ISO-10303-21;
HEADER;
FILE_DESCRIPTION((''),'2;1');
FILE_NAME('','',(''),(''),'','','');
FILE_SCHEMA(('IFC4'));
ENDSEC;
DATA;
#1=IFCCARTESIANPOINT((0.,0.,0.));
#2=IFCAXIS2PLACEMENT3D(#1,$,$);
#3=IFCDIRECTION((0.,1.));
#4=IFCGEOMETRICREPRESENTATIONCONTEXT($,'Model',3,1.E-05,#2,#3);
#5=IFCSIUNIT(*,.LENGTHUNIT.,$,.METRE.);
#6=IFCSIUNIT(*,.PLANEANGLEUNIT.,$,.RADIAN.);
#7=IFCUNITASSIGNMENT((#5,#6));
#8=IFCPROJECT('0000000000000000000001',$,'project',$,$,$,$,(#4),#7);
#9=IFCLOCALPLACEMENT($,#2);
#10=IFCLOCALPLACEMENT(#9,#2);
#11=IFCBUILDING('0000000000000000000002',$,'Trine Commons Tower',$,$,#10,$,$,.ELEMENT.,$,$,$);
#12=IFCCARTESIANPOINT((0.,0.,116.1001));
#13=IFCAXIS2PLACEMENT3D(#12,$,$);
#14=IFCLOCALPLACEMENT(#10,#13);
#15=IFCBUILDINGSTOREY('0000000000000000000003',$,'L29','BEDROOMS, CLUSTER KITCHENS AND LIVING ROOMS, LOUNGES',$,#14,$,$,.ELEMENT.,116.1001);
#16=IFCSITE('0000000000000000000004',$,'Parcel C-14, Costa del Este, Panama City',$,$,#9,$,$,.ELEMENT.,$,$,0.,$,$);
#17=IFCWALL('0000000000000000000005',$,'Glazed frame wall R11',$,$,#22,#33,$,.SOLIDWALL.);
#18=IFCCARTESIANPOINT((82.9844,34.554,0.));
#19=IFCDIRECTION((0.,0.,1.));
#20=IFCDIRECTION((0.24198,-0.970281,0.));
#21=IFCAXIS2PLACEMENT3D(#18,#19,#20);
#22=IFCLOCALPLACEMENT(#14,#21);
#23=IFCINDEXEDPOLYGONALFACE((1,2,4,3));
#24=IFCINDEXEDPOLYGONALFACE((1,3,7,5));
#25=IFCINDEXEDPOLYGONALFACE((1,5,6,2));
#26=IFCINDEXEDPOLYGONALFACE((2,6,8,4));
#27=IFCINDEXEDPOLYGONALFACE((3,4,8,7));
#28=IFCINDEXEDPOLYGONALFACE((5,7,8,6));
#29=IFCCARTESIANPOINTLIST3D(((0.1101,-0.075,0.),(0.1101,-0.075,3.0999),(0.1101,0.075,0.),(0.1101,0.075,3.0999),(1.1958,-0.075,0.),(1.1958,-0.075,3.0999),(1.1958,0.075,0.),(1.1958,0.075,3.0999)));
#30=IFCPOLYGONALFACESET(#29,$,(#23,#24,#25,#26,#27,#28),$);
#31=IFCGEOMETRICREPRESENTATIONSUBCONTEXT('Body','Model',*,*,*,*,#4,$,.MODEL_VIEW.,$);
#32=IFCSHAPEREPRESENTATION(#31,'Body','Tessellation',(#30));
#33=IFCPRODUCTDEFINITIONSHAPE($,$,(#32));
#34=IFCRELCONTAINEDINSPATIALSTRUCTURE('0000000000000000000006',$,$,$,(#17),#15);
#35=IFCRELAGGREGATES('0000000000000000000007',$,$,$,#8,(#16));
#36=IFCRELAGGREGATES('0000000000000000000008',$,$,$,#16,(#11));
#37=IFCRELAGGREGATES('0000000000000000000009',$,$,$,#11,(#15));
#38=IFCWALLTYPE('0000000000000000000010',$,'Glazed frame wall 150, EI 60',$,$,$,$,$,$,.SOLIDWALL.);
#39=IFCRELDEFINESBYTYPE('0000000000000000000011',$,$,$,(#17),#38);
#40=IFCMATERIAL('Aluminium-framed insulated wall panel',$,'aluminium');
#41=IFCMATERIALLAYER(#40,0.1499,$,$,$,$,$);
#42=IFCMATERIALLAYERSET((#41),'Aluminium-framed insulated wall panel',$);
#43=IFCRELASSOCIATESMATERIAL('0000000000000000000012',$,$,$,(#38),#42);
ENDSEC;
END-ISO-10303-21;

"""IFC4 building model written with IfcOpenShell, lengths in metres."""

from ifc_helpers import new_model, si_unit, direction, frame, origin, place, context, subcontext, project, spatial, polyline, outline, extrude, material, layer, layer_set, type_object, element, save


model = new_model("IFC4")

# Units and contexts
model_context = context("Model", 3, precision=1e-05, world=origin(), true_north=direction((0.0, 1.0)))
body_context = subcontext(model_context, "Body", "Model", "MODEL_VIEW")
ifc_project = project(units=[si_unit("LENGTHUNIT", "METRE"), si_unit("PLANEANGLEUNIT", "RADIAN")], contexts=[model_context])

# Site, building, storey
site_placement = place(None, origin())
site = spatial("IfcSite", under=ifc_project, at=site_placement, Name="Parcel C-14, Costa del Este, Panama City", CompositionType="ELEMENT", RefElevation=0.0)
building_placement = place(site_placement, origin())
building = spatial("IfcBuilding", under=site, at=building_placement, Name="Trine Commons Tower", CompositionType="ELEMENT")
storey_placement = place(building_placement, frame((0.0, 0.0, 116.1001)))
storey = spatial("IfcBuildingStorey", under=building, at=storey_placement, Name="L29", Description="BEDROOMS, CLUSTER KITCHENS AND LIVING ROOMS, LOUNGES", CompositionType="ELEMENT", Elevation=116.1001)

# Shared definitions
ifc_material_1 = material(Name="Aluminium-framed insulated wall panel", Category="aluminium")
ifc_layer_1 = layer(ifc_material_1, 0.1499)
ifc_layer_set_1 = layer_set([ifc_layer_1], Name="Aluminium-framed insulated wall panel")
wall_type_1 = type_object("IfcWallType", Name="Glazed frame wall 150, EI 60", PredefinedType="SOLIDWALL", material=ifc_layer_set_1)

# Wall
wall_1_placement = place(storey_placement, frame((82.9844, 34.554, 0.0), z_axis=(0.0, 0.0, 1.0), x_axis=(0.24198, -0.970281, 0.0)))
element("IfcWall", 1, at=wall_1_placement, inside=storey, type_object=wall_type_1, Name="Glazed frame wall R11", PredefinedType="SOLIDWALL", context=body_context, shape_type="SweptSolid", body=[
    extrude(outline(polyline([(0.1101, 0.075), (0.1101, -0.075), (1.1958, -0.075), (1.1958, 0.075), (0.1101, 0.075)])), origin(), (0.0, 0.0, 1.0), 3.0999),
])

save(model, "model.ifc")
